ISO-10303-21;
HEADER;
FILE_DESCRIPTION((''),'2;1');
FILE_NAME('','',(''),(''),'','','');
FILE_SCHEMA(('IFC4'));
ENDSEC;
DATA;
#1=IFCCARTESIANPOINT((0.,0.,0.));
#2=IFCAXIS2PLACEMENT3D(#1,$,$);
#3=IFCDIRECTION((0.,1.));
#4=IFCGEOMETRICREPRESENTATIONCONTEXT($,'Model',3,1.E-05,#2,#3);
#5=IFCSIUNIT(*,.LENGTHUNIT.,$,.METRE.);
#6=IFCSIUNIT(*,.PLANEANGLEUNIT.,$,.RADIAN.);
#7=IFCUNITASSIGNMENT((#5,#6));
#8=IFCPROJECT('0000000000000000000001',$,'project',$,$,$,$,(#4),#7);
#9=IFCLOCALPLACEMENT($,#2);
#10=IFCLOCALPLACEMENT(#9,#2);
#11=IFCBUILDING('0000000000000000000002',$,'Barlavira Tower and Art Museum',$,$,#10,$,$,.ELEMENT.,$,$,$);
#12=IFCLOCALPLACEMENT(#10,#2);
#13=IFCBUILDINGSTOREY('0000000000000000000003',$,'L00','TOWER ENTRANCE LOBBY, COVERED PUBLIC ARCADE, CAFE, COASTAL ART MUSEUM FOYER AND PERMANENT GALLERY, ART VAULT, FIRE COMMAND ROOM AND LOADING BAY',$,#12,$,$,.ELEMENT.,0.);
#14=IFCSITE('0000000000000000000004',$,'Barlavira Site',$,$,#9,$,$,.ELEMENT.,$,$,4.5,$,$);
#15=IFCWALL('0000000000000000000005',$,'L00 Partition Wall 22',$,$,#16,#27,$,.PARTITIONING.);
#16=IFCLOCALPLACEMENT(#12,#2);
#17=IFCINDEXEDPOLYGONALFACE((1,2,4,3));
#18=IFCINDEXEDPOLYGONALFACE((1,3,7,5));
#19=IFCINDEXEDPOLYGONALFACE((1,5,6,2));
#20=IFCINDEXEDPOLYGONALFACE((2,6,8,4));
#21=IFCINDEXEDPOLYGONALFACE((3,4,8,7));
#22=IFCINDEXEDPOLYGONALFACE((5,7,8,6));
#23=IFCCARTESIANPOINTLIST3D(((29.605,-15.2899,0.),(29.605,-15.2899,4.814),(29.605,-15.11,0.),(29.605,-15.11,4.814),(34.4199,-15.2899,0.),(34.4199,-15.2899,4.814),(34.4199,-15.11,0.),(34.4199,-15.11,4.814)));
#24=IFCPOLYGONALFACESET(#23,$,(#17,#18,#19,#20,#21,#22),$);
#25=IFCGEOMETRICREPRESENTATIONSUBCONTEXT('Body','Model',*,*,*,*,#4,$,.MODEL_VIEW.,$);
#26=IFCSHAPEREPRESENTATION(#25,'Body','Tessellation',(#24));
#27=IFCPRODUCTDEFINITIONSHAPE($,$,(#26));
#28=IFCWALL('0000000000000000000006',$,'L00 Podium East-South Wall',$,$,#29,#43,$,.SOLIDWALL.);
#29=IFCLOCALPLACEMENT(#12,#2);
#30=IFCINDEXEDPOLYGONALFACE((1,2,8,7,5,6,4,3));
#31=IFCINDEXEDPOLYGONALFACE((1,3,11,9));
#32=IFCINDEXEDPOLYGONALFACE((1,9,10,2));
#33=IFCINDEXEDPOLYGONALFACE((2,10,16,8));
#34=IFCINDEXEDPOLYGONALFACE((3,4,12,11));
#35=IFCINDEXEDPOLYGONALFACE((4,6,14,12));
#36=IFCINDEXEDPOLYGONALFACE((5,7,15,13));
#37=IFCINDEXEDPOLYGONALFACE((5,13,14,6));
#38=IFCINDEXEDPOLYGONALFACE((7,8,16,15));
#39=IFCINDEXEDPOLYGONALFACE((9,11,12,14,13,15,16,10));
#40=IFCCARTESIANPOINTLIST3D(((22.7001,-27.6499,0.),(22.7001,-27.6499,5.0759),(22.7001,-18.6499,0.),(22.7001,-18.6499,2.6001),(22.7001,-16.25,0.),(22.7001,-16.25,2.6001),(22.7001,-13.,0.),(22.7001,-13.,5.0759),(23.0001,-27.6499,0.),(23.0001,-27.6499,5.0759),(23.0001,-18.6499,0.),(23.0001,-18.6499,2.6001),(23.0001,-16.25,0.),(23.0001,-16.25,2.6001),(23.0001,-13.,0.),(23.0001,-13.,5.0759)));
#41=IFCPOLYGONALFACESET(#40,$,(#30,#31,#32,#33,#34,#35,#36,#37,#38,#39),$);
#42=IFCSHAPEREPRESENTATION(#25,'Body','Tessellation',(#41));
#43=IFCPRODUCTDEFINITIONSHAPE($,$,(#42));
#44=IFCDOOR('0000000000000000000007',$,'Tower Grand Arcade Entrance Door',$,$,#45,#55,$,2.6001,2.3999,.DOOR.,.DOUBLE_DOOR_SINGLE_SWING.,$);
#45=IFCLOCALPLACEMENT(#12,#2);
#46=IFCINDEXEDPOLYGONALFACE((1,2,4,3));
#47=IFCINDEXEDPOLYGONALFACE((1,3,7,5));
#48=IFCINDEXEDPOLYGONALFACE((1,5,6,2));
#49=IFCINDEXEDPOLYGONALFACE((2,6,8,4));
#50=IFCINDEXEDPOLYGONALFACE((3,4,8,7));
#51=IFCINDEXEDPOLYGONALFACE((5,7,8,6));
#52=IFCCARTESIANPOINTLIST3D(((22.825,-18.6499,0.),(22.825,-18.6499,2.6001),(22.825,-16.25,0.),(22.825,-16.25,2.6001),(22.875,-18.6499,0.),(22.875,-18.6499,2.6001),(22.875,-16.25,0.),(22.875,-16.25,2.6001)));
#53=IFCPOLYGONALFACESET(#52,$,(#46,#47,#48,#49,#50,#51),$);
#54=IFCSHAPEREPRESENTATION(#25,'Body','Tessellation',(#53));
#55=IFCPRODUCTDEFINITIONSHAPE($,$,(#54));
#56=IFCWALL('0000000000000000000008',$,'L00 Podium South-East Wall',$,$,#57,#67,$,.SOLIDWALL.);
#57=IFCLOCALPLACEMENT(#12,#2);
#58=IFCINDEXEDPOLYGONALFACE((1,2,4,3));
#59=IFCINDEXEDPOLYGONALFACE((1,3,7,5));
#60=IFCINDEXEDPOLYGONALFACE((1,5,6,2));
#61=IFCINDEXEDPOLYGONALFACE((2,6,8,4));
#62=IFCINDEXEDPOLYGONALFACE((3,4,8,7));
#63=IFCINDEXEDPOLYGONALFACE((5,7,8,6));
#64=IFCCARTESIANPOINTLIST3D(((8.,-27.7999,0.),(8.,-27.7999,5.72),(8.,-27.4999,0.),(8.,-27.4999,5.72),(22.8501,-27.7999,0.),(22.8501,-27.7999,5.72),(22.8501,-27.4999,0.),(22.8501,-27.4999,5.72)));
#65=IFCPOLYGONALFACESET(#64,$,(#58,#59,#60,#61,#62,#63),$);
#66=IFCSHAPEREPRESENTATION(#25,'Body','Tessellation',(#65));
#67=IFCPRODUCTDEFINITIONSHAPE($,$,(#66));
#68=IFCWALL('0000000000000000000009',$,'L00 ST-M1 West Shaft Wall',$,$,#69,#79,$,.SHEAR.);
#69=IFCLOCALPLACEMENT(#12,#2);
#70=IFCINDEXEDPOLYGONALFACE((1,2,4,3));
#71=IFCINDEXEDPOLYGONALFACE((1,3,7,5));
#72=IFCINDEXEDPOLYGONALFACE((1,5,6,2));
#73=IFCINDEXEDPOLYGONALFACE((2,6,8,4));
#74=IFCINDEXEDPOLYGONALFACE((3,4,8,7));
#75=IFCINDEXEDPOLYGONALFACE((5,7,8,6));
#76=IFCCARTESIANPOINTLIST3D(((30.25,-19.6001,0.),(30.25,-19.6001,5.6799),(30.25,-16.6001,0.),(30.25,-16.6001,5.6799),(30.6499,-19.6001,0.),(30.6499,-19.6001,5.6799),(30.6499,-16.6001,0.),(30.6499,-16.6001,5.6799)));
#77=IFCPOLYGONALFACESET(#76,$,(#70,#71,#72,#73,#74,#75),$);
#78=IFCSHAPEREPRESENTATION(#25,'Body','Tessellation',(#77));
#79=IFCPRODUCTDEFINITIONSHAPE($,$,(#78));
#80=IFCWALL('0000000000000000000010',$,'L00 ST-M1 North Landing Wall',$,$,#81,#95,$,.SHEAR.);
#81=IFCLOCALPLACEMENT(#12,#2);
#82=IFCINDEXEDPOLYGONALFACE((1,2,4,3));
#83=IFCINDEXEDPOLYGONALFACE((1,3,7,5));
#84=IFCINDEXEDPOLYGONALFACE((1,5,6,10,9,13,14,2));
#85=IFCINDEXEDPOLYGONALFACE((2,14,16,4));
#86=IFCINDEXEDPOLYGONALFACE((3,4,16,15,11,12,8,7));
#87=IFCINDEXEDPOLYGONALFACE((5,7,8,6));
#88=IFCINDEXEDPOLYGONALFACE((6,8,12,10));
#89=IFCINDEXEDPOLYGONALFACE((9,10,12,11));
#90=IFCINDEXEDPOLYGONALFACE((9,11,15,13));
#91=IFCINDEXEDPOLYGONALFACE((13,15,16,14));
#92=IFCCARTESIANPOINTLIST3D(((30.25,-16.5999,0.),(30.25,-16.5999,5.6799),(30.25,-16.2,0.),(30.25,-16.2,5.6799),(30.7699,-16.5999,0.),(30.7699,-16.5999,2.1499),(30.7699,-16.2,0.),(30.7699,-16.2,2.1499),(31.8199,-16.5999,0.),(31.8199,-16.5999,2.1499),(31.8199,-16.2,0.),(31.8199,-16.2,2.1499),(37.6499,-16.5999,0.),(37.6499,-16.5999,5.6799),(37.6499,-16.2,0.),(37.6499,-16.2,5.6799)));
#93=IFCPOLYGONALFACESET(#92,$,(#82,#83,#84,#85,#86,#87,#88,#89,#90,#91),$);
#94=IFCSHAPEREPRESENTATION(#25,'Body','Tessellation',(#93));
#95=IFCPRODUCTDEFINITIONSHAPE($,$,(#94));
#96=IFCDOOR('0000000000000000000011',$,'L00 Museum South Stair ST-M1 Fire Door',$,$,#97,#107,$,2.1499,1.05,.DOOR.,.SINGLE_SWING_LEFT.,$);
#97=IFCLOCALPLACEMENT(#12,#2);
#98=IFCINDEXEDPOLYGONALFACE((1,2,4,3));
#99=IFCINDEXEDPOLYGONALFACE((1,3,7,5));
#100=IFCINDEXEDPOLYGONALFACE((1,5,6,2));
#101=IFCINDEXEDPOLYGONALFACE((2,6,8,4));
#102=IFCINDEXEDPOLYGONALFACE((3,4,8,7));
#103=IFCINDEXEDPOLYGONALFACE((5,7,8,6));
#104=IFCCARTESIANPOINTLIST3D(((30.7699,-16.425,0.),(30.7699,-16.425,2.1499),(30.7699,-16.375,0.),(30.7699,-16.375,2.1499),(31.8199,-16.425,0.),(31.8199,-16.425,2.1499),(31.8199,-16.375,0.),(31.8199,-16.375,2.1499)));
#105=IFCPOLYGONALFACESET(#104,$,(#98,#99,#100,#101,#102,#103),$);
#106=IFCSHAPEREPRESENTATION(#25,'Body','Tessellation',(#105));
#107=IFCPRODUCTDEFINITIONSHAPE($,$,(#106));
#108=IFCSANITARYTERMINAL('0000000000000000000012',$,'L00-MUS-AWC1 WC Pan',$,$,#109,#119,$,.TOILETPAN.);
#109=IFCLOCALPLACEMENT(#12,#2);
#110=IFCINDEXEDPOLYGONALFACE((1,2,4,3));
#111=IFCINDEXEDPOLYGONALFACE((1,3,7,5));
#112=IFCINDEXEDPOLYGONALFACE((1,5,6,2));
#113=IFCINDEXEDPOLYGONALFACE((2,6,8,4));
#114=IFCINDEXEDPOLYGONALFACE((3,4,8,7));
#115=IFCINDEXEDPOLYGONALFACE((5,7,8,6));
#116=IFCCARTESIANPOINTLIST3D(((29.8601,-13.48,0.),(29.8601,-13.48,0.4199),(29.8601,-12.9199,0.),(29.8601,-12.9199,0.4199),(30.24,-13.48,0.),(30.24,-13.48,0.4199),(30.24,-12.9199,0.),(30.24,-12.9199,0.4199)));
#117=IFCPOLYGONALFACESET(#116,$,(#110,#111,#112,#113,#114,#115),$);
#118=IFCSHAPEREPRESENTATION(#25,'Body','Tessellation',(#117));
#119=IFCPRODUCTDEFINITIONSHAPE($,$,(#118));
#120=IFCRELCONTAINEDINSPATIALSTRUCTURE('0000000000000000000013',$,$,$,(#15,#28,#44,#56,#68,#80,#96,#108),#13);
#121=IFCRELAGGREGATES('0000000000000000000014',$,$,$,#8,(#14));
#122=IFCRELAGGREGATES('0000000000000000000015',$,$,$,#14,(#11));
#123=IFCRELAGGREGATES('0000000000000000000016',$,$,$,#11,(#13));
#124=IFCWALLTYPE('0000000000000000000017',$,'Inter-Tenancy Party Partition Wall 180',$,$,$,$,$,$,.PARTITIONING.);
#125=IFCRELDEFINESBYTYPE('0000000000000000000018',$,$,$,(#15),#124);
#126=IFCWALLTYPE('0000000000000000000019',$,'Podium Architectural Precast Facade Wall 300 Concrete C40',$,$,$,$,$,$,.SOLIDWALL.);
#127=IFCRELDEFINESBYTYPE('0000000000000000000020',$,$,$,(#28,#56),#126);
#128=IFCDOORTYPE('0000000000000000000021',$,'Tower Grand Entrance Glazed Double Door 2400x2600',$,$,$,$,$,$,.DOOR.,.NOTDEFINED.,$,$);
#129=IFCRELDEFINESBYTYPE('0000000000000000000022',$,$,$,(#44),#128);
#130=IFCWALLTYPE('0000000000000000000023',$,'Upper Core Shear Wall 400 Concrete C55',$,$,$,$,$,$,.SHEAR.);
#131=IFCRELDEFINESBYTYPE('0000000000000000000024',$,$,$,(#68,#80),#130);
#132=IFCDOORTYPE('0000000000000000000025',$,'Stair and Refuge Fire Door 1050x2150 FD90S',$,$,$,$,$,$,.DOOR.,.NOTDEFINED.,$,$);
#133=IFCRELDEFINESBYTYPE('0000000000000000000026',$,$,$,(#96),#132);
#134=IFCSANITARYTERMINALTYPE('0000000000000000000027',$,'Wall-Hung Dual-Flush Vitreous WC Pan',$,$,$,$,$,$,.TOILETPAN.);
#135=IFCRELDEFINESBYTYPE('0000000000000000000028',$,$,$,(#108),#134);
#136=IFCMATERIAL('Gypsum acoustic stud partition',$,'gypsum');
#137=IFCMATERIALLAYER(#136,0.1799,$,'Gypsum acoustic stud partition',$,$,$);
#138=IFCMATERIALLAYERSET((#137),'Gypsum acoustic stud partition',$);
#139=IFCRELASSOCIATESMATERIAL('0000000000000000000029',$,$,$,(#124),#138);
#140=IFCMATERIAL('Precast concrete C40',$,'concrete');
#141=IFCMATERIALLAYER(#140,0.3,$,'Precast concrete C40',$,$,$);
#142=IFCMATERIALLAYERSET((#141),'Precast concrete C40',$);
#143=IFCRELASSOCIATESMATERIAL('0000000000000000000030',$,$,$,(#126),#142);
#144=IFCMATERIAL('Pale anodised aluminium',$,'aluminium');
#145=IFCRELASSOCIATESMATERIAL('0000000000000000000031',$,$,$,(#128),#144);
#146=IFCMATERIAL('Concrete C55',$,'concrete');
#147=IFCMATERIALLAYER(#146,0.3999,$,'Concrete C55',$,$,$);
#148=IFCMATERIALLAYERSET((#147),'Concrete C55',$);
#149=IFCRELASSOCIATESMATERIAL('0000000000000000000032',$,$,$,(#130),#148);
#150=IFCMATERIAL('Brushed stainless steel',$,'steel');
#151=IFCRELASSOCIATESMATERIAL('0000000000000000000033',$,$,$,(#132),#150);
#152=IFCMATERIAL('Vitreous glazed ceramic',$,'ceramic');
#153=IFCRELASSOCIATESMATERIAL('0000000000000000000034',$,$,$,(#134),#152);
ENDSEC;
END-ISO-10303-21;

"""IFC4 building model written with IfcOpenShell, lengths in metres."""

from ifc_helpers import new_model, si_unit, direction, frame, frame_2d, origin, origin_2d, place, context, subcontext, project, spatial, rectangle, extrude, material, layer, layer_set, type_object, element, fill, save


model = new_model("IFC4")

# Units and contexts
model_context = context("Model", 3, precision=1e-05, world=origin(), true_north=direction((0.0, 1.0)))
body_context = subcontext(model_context, "Body", "Model", "MODEL_VIEW")
ifc_project = project(units=[si_unit("LENGTHUNIT", "METRE"), si_unit("PLANEANGLEUNIT", "RADIAN")], contexts=[model_context])

# Site, building, storey
site_placement = place(None, origin())
site = spatial("IfcSite", under=ifc_project, at=site_placement, Name="Barlavira Site", CompositionType="ELEMENT", RefElevation=4.5)
building_placement = place(site_placement, origin())
building = spatial("IfcBuilding", under=site, at=building_placement, Name="Barlavira Tower and Art Museum", CompositionType="ELEMENT")
storey_placement = place(building_placement, origin())
storey = spatial("IfcBuildingStorey", under=building, at=storey_placement, Name="L00", Description="TOWER ENTRANCE LOBBY, COVERED PUBLIC ARCADE, CAFE, COASTAL ART MUSEUM FOYER AND PERMANENT GALLERY, ART VAULT, FIRE COMMAND ROOM AND LOADING BAY", CompositionType="ELEMENT", Elevation=0.0)

# Wall
ifc_material_1 = material(Name="Gypsum acoustic stud partition", Category="gypsum")
ifc_layer_1 = layer(ifc_material_1, 0.1799, Name="Gypsum acoustic stud partition")
ifc_layer_set_1 = layer_set([ifc_layer_1], Name="Gypsum acoustic stud partition")
wall_type_1 = type_object("IfcWallType", Name="Inter-Tenancy Party Partition Wall 180", PredefinedType="PARTITIONING", material=ifc_layer_set_1)
wall_1_placement = place(storey_placement, frame((29.605, -15.2, 0.0), z_axis=(0.0, 0.0, 1.0), x_axis=(1.0, 0.0, 0.0)))
element("IfcWall", 1, at=wall_1_placement, inside=storey, type_object=wall_type_1, Name="L00 Partition Wall 22", PredefinedType="PARTITIONING", context=body_context, shape_type="SweptSolid", body=[
    extrude(rectangle(XDim=4.8149, YDim=0.1799, at=frame_2d((2.4075, 0.0))), origin(), (0.0, 0.0, 1.0), 4.814),
])

# Wall, opening, door
ifc_material_2 = material(Name="Precast concrete C40", Category="concrete")
ifc_layer_2 = layer(ifc_material_2, 0.3, Name="Precast concrete C40")
ifc_layer_set_2 = layer_set([ifc_layer_2], Name="Precast concrete C40")
wall_type_2 = type_object("IfcWallType", Name="Podium Architectural Precast Facade Wall 300 Concrete C40", PredefinedType="SOLIDWALL", material=ifc_layer_set_2)
wall_2_placement = place(storey_placement, frame((22.8501, -13.0, 0.0), z_axis=(0.0, 0.0, 1.0), x_axis=(0.0, -1.0, 0.0)))
wall_2 = element("IfcWall", 2, at=wall_2_placement, inside=storey, type_object=wall_type_2, Name="L00 Podium East-South Wall", PredefinedType="SOLIDWALL", context=body_context, shape_type="SweptSolid", body=[
    extrude(rectangle(XDim=14.6499, YDim=0.3, at=frame_2d((7.325, 0.0))), origin(), (0.0, 0.0, 1.0), 5.0759),
])
opening_1_placement = place(wall_2_placement, frame((3.25, 0.0, 0.0)))
opening_1 = element("IfcOpeningElement", 3, at=opening_1_placement, cuts=wall_2, PredefinedType="OPENING", context=body_context, shape_type="SweptSolid", body=[
    extrude(rectangle(XDim=2.3999, YDim=2.6001, at=frame_2d((1.2, 1.3))), frame((0.0, 0.1602, 0.0), z_axis=(0.0, -1.0, 0.0), x_axis=(1.0, 0.0, 0.0)), (0.0, 0.0, 1.0), 0.3201),
])
ifc_material_3 = material(Name="Pale anodised aluminium", Category="aluminium")
door_type_1 = type_object("IfcDoorType", Name="Tower Grand Entrance Glazed Double Door 2400x2600", OperationType="NOTDEFINED", PredefinedType="DOOR", material=ifc_material_3)
door_1_placement = place(opening_1_placement, origin())
door_1 = element("IfcDoor", 4, at=door_1_placement, inside=storey, type_object=door_type_1, Name="Tower Grand Arcade Entrance Door", OperationType="DOUBLE_DOOR_SINGLE_SWING", OverallHeight=2.6001, OverallWidth=2.3999, PredefinedType="DOOR", context=body_context, shape_type="SweptSolid", body=[
    extrude(rectangle(XDim=2.3999, YDim=2.6001, at=frame_2d((1.2, 1.3))), frame((0.0, 0.0249, 0.0), z_axis=(0.0, -1.0, 0.0), x_axis=(1.0, 0.0, 0.0)), (0.0, 0.0, 1.0), 0.05),
])
fill(opening_1, door_1)

# Walls
wall_3_placement = place(storey_placement, frame((22.8501, -27.6499, 0.0), z_axis=(0.0, 0.0, 1.0), x_axis=(-1.0, 0.0, 0.0)))
element("IfcWall", 5, at=wall_3_placement, inside=storey, type_object=wall_type_2, Name="L00 Podium South-East Wall", PredefinedType="SOLIDWALL", context=body_context, shape_type="SweptSolid", body=[
    extrude(rectangle(XDim=14.8501, YDim=0.3, at=frame_2d((7.425, 0.0))), origin(), (0.0, 0.0, 1.0), 5.72),
])
ifc_material_4 = material(Name="Concrete C55", Category="concrete")
ifc_layer_3 = layer(ifc_material_4, 0.3999, Name="Concrete C55")
ifc_layer_set_3 = layer_set([ifc_layer_3], Name="Concrete C55")
wall_type_3 = type_object("IfcWallType", Name="Upper Core Shear Wall 400 Concrete C55", PredefinedType="SHEAR", material=ifc_layer_set_3)
wall_4_placement = place(storey_placement, frame((30.45, -19.6001, 0.0), z_axis=(0.0, 0.0, 1.0), x_axis=(0.0, 1.0, 0.0)))
element("IfcWall", 6, at=wall_4_placement, inside=storey, type_object=wall_type_3, Name="L00 ST-M1 West Shaft Wall", PredefinedType="SHEAR", context=body_context, shape_type="SweptSolid", body=[
    extrude(rectangle(XDim=3.0, YDim=0.3999, at=frame_2d((1.5, 0.0))), origin(), (0.0, 0.0, 1.0), 5.6799),
])

# Wall, opening, door
wall_5_placement = place(storey_placement, frame((30.25, -16.3999, 0.0), z_axis=(0.0, 0.0, 1.0), x_axis=(1.0, 0.0, 0.0)))
wall_5 = element("IfcWall", 7, at=wall_5_placement, inside=storey, type_object=wall_type_3, Name="L00 ST-M1 North Landing Wall", PredefinedType="SHEAR", context=body_context, shape_type="SweptSolid", body=[
    extrude(rectangle(XDim=7.3999, YDim=0.3999, at=frame_2d((3.7, 0.0))), origin(), (0.0, 0.0, 1.0), 5.6799),
])
opening_2_placement = place(wall_5_placement, frame((0.52, 0.0, 0.0)))
opening_2 = element("IfcOpeningElement", 8, at=opening_2_placement, cuts=wall_5, PredefinedType="OPENING", context=body_context, shape_type="SweptSolid", body=[
    extrude(rectangle(XDim=1.05, YDim=2.1499, at=frame_2d((0.5249, 1.075))), frame((0.0, 0.21, 0.0), z_axis=(0.0, -1.0, 0.0), x_axis=(1.0, 0.0, 0.0)), (0.0, 0.0, 1.0), 0.4199),
])
ifc_material_5 = material(Name="Brushed stainless steel", Category="steel")
door_type_2 = type_object("IfcDoorType", Name="Stair and Refuge Fire Door 1050x2150 FD90S", OperationType="NOTDEFINED", PredefinedType="DOOR", material=ifc_material_5)
door_2_placement = place(opening_2_placement, origin())
door_2 = element("IfcDoor", 9, at=door_2_placement, inside=storey, type_object=door_type_2, Name="L00 Museum South Stair ST-M1 Fire Door", OperationType="SINGLE_SWING_LEFT", OverallHeight=2.1499, OverallWidth=1.05, PredefinedType="DOOR", context=body_context, shape_type="SweptSolid", body=[
    extrude(rectangle(XDim=1.05, YDim=2.1499, at=frame_2d((0.5249, 1.075))), frame((0.0, 0.0249, 0.0), z_axis=(0.0, -1.0, 0.0), x_axis=(1.0, 0.0, 0.0)), (0.0, 0.0, 1.0), 0.05),
])
fill(opening_2, door_2)

# Sanitary terminal
ifc_material_6 = material(Name="Vitreous glazed ceramic", Category="ceramic")
sanitary_terminal_type = type_object("IfcSanitaryTerminalType", Name="Wall-Hung Dual-Flush Vitreous WC Pan", PredefinedType="TOILETPAN", material=ifc_material_6)
sanitary_terminal_placement = place(storey_placement, frame((30.05, -13.2, 0.0), z_axis=(0.0, 0.0, 1.0), x_axis=(1.0, 0.0, 0.0)))
element("IfcSanitaryTerminal", 10, at=sanitary_terminal_placement, inside=storey, type_object=sanitary_terminal_type, Name="L00-MUS-AWC1 WC Pan", PredefinedType="TOILETPAN", context=body_context, shape_type="SweptSolid", body=[
    extrude(rectangle(XDim=0.3799, YDim=0.5601, at=origin_2d()), origin(), (0.0, 0.0, 1.0), 0.4199),
])

save(model, "model.ifc")
